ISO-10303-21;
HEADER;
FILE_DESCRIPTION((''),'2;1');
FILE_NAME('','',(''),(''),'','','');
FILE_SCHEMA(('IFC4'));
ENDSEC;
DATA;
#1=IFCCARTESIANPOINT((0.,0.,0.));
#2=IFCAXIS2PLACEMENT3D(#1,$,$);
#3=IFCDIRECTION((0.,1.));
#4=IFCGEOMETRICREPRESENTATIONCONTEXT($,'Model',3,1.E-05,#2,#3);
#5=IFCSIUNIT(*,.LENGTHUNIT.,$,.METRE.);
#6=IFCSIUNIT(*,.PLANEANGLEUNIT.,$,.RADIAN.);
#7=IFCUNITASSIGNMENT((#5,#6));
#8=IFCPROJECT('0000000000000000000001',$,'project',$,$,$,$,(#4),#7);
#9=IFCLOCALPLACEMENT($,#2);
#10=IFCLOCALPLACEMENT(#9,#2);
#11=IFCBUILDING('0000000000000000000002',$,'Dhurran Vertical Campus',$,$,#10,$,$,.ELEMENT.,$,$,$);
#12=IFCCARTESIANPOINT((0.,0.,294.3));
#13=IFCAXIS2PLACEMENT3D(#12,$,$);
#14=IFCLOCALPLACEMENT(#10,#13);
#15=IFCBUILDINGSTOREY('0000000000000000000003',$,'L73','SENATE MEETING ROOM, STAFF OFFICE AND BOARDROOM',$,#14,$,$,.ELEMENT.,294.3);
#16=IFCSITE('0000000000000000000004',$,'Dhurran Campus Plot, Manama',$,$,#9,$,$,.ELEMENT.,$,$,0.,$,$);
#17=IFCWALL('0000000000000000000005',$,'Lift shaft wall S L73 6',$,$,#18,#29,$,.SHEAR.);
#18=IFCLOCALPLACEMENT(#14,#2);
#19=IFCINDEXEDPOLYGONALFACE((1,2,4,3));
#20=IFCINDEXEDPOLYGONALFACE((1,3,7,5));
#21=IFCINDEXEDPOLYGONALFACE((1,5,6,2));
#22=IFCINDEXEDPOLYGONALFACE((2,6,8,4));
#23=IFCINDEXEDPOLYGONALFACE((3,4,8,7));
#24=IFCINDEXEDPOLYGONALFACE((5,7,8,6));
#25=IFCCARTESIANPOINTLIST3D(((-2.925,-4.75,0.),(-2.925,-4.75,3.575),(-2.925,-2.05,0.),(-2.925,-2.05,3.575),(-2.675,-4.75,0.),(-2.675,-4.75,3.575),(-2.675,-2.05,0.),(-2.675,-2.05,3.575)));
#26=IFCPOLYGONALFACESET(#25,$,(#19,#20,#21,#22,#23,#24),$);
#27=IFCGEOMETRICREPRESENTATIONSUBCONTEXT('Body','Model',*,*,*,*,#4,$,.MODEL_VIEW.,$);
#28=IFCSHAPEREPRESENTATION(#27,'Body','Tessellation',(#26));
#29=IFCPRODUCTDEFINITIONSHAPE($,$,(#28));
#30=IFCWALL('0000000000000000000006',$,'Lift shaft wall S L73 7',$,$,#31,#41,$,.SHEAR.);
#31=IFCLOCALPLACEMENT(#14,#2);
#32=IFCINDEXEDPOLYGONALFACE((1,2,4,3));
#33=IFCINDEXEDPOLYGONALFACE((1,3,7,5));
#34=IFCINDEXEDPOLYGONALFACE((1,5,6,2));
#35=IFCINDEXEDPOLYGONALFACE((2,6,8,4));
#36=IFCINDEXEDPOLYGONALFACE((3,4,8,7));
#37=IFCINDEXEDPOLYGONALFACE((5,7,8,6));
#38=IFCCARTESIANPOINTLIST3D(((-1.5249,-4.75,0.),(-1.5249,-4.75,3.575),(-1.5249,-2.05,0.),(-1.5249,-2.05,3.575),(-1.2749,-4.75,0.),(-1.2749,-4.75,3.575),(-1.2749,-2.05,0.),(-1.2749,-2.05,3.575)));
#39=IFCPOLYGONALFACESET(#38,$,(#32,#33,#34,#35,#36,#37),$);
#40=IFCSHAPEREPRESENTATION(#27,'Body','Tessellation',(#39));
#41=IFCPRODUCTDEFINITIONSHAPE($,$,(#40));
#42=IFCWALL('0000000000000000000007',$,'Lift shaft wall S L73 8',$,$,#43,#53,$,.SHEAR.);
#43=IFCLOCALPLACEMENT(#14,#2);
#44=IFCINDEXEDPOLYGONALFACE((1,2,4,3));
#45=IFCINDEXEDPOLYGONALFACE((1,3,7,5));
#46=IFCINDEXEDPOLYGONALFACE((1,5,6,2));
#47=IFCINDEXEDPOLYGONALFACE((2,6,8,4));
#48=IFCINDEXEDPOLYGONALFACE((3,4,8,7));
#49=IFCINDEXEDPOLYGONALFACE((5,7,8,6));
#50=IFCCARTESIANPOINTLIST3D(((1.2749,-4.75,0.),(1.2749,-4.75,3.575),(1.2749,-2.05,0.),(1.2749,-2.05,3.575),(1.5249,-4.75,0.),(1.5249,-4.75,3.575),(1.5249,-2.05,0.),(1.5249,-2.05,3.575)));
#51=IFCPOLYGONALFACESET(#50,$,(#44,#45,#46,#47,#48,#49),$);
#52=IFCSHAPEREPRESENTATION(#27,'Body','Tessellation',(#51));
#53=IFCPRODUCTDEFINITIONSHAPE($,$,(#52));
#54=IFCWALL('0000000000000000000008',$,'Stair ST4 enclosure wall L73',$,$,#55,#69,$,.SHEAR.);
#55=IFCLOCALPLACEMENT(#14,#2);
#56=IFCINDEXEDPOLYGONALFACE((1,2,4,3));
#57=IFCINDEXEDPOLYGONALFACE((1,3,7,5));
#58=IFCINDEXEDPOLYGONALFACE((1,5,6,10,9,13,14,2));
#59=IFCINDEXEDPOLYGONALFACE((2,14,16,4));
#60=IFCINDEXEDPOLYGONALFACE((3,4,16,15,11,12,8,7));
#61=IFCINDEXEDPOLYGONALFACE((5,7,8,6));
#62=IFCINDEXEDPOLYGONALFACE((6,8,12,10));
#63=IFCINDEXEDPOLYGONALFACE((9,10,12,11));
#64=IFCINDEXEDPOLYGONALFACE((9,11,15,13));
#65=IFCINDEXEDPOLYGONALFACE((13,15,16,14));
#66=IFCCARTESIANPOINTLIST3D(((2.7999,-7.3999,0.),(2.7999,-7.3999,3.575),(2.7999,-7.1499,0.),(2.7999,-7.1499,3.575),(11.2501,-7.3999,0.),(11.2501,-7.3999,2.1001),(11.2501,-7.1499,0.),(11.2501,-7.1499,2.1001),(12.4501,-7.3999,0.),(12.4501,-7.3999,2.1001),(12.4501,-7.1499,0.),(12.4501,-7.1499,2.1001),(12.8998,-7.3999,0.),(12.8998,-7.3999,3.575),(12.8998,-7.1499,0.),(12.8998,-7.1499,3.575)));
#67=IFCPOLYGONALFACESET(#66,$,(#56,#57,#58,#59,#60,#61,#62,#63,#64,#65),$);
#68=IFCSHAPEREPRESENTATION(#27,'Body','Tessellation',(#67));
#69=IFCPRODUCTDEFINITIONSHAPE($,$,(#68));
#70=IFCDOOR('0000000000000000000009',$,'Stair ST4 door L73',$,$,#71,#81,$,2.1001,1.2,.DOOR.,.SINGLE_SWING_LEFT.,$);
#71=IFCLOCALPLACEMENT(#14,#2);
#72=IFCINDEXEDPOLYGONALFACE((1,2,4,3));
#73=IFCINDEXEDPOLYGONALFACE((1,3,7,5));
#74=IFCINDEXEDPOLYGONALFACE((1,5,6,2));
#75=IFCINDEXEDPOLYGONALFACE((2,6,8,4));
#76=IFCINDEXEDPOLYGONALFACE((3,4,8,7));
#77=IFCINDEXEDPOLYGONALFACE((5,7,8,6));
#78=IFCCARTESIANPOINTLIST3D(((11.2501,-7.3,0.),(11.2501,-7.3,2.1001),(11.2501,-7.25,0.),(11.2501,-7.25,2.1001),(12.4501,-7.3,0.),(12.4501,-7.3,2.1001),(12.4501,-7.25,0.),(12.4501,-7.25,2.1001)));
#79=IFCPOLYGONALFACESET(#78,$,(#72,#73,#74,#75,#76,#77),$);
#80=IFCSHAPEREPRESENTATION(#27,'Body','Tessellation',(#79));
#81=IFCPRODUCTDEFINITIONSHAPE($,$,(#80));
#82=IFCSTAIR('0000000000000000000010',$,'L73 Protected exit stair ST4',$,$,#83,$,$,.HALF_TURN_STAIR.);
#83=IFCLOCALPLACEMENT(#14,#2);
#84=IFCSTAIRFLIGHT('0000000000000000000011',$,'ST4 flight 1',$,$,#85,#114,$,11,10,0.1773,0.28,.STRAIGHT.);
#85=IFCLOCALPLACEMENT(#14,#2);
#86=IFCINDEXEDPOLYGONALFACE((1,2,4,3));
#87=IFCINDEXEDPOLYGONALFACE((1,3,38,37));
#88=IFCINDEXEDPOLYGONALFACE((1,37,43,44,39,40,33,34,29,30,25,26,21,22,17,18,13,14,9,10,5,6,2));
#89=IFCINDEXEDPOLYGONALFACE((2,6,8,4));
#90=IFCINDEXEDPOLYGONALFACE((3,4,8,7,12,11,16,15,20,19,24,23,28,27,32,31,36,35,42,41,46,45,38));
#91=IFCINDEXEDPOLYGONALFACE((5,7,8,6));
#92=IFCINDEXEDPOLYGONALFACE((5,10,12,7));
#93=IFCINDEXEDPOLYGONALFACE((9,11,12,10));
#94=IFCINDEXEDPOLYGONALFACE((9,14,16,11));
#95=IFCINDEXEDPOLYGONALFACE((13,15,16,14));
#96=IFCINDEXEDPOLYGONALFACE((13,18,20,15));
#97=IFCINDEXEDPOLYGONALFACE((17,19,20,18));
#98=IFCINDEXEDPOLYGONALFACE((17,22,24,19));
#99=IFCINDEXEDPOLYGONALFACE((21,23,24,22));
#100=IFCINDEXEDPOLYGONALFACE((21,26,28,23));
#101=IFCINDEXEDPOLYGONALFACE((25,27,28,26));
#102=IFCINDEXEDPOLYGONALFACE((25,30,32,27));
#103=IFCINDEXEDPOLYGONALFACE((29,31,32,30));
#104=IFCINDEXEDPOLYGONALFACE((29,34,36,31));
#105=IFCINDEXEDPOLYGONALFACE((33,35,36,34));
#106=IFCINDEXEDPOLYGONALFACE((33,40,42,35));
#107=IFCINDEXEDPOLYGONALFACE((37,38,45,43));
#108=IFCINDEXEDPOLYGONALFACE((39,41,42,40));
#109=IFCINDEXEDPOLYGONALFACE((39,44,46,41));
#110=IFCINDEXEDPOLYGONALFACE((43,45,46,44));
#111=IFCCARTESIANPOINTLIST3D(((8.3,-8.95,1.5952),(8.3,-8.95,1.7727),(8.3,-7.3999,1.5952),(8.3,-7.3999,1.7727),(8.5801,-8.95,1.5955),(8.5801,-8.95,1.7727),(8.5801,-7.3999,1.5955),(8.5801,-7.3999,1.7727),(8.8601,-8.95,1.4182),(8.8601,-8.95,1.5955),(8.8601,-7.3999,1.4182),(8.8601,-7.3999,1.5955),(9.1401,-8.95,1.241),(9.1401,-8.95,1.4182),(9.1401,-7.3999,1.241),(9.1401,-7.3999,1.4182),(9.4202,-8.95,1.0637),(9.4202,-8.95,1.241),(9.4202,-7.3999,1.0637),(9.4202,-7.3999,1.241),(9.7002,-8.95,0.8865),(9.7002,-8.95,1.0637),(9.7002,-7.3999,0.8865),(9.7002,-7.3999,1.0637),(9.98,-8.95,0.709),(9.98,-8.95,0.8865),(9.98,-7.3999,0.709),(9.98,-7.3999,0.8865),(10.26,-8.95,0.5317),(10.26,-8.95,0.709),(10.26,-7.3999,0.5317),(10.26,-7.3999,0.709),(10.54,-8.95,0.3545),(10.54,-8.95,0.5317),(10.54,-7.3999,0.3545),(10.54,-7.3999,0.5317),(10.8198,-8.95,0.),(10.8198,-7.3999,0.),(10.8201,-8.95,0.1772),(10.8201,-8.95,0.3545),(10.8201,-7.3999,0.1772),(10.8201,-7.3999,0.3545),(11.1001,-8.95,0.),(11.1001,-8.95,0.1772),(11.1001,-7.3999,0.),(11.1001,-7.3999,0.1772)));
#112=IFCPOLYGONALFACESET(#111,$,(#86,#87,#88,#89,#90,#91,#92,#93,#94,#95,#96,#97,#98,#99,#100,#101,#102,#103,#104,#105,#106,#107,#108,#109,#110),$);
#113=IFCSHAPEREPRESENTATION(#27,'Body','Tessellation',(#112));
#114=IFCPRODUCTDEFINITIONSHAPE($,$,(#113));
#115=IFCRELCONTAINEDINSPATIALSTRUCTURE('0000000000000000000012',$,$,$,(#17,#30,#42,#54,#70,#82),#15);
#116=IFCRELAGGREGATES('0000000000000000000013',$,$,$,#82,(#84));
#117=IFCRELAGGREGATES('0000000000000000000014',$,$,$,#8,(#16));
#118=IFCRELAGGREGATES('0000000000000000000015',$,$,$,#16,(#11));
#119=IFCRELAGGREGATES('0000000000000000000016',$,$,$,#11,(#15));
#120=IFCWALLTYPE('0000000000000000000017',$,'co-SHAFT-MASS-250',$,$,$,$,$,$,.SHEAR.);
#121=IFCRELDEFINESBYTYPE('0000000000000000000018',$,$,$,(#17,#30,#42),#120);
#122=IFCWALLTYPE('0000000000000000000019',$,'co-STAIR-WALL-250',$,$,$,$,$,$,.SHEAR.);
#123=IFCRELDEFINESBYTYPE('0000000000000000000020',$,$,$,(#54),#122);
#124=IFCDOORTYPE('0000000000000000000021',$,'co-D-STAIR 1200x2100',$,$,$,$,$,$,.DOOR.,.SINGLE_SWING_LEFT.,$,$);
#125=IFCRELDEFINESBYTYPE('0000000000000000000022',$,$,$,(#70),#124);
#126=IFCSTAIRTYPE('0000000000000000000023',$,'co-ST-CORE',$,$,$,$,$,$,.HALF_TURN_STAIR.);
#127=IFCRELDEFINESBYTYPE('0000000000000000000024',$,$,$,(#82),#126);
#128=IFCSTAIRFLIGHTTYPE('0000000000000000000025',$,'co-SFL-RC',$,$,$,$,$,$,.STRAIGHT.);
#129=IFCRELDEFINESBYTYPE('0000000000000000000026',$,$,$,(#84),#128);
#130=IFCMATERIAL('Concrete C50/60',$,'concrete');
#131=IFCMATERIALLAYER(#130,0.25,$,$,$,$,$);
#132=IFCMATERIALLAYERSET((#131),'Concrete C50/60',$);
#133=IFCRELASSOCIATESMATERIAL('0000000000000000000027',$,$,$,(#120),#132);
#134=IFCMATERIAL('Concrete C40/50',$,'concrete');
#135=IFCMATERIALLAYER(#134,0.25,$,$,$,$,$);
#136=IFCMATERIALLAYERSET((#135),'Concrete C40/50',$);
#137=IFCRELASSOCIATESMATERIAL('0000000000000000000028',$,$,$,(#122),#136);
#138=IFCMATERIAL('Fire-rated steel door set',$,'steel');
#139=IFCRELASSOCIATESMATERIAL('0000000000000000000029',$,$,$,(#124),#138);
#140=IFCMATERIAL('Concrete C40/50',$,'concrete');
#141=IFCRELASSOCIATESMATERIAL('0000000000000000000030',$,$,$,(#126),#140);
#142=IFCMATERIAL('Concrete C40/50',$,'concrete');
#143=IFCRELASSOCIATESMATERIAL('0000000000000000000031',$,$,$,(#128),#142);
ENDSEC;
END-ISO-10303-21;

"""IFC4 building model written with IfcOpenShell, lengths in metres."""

from ifc_helpers import new_model, si_unit, direction, frame, frame_2d, origin, place, context, subcontext, project, spatial, polyline, rectangle, outline, extrude, material, layer, layer_set, type_object, element, fill, aggregate, save


model = new_model("IFC4")

# Units and contexts
model_context = context("Model", 3, precision=1e-05, world=origin(), true_north=direction((0.0, 1.0)))
body_context = subcontext(model_context, "Body", "Model", "MODEL_VIEW")
ifc_project = project(units=[si_unit("LENGTHUNIT", "METRE"), si_unit("PLANEANGLEUNIT", "RADIAN")], contexts=[model_context])

# Site, building, storey
site_placement = place(None, origin())
site = spatial("IfcSite", under=ifc_project, at=site_placement, Name="Dhurran Campus Plot, Manama", CompositionType="ELEMENT", RefElevation=0.0)
building_placement = place(site_placement, origin())
building = spatial("IfcBuilding", under=site, at=building_placement, Name="Dhurran Vertical Campus", CompositionType="ELEMENT")
storey_placement = place(building_placement, frame((0.0, 0.0, 294.3)))
storey = spatial("IfcBuildingStorey", under=building, at=storey_placement, Name="L73", Description="SENATE MEETING ROOM, STAFF OFFICE AND BOARDROOM", CompositionType="ELEMENT", Elevation=294.3)

# Walls
ifc_material_1 = material(Name="Concrete C50/60", Category="concrete")
ifc_layer_1 = layer(ifc_material_1, 0.25)
ifc_layer_set_1 = layer_set([ifc_layer_1], Name="Concrete C50/60")
wall_type_1 = type_object("IfcWallType", Name="co-SHAFT-MASS-250", PredefinedType="SHEAR", material=ifc_layer_set_1)
wall_1_placement = place(storey_placement, origin())
element("IfcWall", 1, at=wall_1_placement, inside=storey, type_object=wall_type_1, Name="Lift shaft wall S L73 6", PredefinedType="SHEAR", context=body_context, shape_type="SweptSolid", body=[
    extrude(outline(polyline([(-2.925, -4.75), (-2.675, -4.75), (-2.675, -2.05), (-2.925, -2.05), (-2.925, -4.75)])), origin(), (0.0, 0.0, 1.0), 3.575),
])
wall_2_placement = place(storey_placement, origin())
element("IfcWall", 2, at=wall_2_placement, inside=storey, type_object=wall_type_1, Name="Lift shaft wall S L73 7", PredefinedType="SHEAR", context=body_context, shape_type="SweptSolid", body=[
    extrude(outline(polyline([(-1.5249, -4.75), (-1.2749, -4.75), (-1.2749, -2.05), (-1.5249, -2.05), (-1.5249, -4.75)])), origin(), (0.0, 0.0, 1.0), 3.575),
])
wall_3_placement = place(storey_placement, origin())
element("IfcWall", 3, at=wall_3_placement, inside=storey, type_object=wall_type_1, Name="Lift shaft wall S L73 8", PredefinedType="SHEAR", context=body_context, shape_type="SweptSolid", body=[
    extrude(outline(polyline([(1.2749, -4.75), (1.5249, -4.75), (1.5249, -2.05), (1.2749, -2.05), (1.2749, -4.75)])), origin(), (0.0, 0.0, 1.0), 3.575),
])

# Wall, opening, door
ifc_material_2 = material(Name="Concrete C40/50", Category="concrete")
ifc_layer_2 = layer(ifc_material_2, 0.25)
ifc_layer_set_2 = layer_set([ifc_layer_2], Name="Concrete C40/50")
wall_type_2 = type_object("IfcWallType", Name="co-STAIR-WALL-250", PredefinedType="SHEAR", material=ifc_layer_set_2)
wall_4_placement = place(storey_placement, frame((2.8, -7.2749, 0.0), z_axis=(0.0, 0.0, 1.0), x_axis=(1.0, 0.0, 0.0)))
wall_4 = element("IfcWall", 4, at=wall_4_placement, inside=storey, type_object=wall_type_2, Name="Stair ST4 enclosure wall L73", PredefinedType="SHEAR", context=body_context, shape_type="SweptSolid", body=[
    extrude(rectangle(XDim=10.0999, YDim=0.25, at=frame_2d((5.0498, 0.0))), origin(), (0.0, 0.0, 1.0), 3.575),
])
opening_1_placement = place(wall_4_placement, frame((8.45, 0.0, 0.0)))
opening_1 = element("IfcOpeningElement", 5, at=opening_1_placement, cuts=wall_4, PredefinedType="OPENING", context=body_context, shape_type="SweptSolid", body=[
    extrude(rectangle(XDim=1.2, YDim=2.1001, at=frame_2d((0.6001, 1.05))), frame((0.0, 0.135, 0.0), z_axis=(0.0, -1.0, 0.0), x_axis=(1.0, 0.0, 0.0)), (0.0, 0.0, 1.0), 0.27),
])
ifc_material_3 = material(Name="Fire-rated steel door set", Category="steel")
door_type_1 = type_object("IfcDoorType", Name="co-D-STAIR 1200x2100", OperationType="SINGLE_SWING_LEFT", PredefinedType="DOOR", material=ifc_material_3)
door_1_placement = place(opening_1_placement, origin())
door_1 = element("IfcDoor", 6, at=door_1_placement, inside=storey, type_object=door_type_1, Name="Stair ST4 door L73", OperationType="SINGLE_SWING_LEFT", OverallHeight=2.1001, OverallWidth=1.2, PredefinedType="DOOR", context=body_context, shape_type="SweptSolid", body=[
    extrude(rectangle(XDim=1.2, YDim=2.1001, at=frame_2d((0.6001, 1.05))), frame((0.0, 0.0249, 0.0), z_axis=(0.0, -1.0, 0.0), x_axis=(1.0, 0.0, 0.0)), (0.0, 0.0, 1.0), 0.05),
])
fill(opening_1, door_1)

# Stair, stair flight
ifc_material_4 = material(Name="Concrete C40/50", Category="concrete")
stair_type = type_object("IfcStairType", Name="co-ST-CORE", PredefinedType="HALF_TURN_STAIR", material=ifc_material_4)
stair_placement = place(storey_placement, origin())
stair = element("IfcStair", 7, at=stair_placement, inside=storey, type_object=stair_type, Name="L73 Protected exit stair ST4", PredefinedType="HALF_TURN_STAIR")
ifc_material_5 = material(Name="Concrete C40/50", Category="concrete")
stair_flight_type = type_object("IfcStairFlightType", Name="co-SFL-RC", PredefinedType="STRAIGHT", material=ifc_material_5)
stair_flight_placement = place(storey_placement, frame((11.1001, -8.175, 0.0), z_axis=(0.0, 0.0, 1.0), x_axis=(-1.0, 0.0, 0.0)))
stair_flight = element("IfcStairFlight", 8, at=stair_flight_placement, type_object=stair_flight_type, Name="ST4 flight 1", NumberOfRisers=11, NumberOfTreads=10, PredefinedType="STRAIGHT", RiserHeight=0.1773, TreadLength=0.28, context=body_context, shape_type="SweptSolid", body=[
    extrude(outline(polyline([(0.0, 0.0), (0.0, 0.1772), (0.28, 0.1772), (0.28, 0.3545), (0.5601, 0.3545), (0.5601, 0.5317), (0.8401, 0.5317), (0.8401, 0.709), (1.1201, 0.709), (1.1201, 0.8865), (1.3999, 0.8865), (1.3999, 1.0637), (1.6799, 1.0637), (1.6799, 1.241), (1.96, 1.241), (1.96, 1.4182), (2.24, 1.4182), (2.24, 1.5955), (2.52, 1.5955), (2.52, 1.7727), (2.8, 1.7727), (2.8, 1.95), (2.8, 1.5952), (0.2803, 0.0), (0.0, 0.0)])), frame((0.0, 0.7749, 0.0), z_axis=(0.0, -1.0, 0.0), x_axis=(1.0, 0.0, 0.0)), (0.0, 0.0, 1.0), 1.55),
])
aggregate(stair, [stair_flight])

save(model, "model.ifc")
